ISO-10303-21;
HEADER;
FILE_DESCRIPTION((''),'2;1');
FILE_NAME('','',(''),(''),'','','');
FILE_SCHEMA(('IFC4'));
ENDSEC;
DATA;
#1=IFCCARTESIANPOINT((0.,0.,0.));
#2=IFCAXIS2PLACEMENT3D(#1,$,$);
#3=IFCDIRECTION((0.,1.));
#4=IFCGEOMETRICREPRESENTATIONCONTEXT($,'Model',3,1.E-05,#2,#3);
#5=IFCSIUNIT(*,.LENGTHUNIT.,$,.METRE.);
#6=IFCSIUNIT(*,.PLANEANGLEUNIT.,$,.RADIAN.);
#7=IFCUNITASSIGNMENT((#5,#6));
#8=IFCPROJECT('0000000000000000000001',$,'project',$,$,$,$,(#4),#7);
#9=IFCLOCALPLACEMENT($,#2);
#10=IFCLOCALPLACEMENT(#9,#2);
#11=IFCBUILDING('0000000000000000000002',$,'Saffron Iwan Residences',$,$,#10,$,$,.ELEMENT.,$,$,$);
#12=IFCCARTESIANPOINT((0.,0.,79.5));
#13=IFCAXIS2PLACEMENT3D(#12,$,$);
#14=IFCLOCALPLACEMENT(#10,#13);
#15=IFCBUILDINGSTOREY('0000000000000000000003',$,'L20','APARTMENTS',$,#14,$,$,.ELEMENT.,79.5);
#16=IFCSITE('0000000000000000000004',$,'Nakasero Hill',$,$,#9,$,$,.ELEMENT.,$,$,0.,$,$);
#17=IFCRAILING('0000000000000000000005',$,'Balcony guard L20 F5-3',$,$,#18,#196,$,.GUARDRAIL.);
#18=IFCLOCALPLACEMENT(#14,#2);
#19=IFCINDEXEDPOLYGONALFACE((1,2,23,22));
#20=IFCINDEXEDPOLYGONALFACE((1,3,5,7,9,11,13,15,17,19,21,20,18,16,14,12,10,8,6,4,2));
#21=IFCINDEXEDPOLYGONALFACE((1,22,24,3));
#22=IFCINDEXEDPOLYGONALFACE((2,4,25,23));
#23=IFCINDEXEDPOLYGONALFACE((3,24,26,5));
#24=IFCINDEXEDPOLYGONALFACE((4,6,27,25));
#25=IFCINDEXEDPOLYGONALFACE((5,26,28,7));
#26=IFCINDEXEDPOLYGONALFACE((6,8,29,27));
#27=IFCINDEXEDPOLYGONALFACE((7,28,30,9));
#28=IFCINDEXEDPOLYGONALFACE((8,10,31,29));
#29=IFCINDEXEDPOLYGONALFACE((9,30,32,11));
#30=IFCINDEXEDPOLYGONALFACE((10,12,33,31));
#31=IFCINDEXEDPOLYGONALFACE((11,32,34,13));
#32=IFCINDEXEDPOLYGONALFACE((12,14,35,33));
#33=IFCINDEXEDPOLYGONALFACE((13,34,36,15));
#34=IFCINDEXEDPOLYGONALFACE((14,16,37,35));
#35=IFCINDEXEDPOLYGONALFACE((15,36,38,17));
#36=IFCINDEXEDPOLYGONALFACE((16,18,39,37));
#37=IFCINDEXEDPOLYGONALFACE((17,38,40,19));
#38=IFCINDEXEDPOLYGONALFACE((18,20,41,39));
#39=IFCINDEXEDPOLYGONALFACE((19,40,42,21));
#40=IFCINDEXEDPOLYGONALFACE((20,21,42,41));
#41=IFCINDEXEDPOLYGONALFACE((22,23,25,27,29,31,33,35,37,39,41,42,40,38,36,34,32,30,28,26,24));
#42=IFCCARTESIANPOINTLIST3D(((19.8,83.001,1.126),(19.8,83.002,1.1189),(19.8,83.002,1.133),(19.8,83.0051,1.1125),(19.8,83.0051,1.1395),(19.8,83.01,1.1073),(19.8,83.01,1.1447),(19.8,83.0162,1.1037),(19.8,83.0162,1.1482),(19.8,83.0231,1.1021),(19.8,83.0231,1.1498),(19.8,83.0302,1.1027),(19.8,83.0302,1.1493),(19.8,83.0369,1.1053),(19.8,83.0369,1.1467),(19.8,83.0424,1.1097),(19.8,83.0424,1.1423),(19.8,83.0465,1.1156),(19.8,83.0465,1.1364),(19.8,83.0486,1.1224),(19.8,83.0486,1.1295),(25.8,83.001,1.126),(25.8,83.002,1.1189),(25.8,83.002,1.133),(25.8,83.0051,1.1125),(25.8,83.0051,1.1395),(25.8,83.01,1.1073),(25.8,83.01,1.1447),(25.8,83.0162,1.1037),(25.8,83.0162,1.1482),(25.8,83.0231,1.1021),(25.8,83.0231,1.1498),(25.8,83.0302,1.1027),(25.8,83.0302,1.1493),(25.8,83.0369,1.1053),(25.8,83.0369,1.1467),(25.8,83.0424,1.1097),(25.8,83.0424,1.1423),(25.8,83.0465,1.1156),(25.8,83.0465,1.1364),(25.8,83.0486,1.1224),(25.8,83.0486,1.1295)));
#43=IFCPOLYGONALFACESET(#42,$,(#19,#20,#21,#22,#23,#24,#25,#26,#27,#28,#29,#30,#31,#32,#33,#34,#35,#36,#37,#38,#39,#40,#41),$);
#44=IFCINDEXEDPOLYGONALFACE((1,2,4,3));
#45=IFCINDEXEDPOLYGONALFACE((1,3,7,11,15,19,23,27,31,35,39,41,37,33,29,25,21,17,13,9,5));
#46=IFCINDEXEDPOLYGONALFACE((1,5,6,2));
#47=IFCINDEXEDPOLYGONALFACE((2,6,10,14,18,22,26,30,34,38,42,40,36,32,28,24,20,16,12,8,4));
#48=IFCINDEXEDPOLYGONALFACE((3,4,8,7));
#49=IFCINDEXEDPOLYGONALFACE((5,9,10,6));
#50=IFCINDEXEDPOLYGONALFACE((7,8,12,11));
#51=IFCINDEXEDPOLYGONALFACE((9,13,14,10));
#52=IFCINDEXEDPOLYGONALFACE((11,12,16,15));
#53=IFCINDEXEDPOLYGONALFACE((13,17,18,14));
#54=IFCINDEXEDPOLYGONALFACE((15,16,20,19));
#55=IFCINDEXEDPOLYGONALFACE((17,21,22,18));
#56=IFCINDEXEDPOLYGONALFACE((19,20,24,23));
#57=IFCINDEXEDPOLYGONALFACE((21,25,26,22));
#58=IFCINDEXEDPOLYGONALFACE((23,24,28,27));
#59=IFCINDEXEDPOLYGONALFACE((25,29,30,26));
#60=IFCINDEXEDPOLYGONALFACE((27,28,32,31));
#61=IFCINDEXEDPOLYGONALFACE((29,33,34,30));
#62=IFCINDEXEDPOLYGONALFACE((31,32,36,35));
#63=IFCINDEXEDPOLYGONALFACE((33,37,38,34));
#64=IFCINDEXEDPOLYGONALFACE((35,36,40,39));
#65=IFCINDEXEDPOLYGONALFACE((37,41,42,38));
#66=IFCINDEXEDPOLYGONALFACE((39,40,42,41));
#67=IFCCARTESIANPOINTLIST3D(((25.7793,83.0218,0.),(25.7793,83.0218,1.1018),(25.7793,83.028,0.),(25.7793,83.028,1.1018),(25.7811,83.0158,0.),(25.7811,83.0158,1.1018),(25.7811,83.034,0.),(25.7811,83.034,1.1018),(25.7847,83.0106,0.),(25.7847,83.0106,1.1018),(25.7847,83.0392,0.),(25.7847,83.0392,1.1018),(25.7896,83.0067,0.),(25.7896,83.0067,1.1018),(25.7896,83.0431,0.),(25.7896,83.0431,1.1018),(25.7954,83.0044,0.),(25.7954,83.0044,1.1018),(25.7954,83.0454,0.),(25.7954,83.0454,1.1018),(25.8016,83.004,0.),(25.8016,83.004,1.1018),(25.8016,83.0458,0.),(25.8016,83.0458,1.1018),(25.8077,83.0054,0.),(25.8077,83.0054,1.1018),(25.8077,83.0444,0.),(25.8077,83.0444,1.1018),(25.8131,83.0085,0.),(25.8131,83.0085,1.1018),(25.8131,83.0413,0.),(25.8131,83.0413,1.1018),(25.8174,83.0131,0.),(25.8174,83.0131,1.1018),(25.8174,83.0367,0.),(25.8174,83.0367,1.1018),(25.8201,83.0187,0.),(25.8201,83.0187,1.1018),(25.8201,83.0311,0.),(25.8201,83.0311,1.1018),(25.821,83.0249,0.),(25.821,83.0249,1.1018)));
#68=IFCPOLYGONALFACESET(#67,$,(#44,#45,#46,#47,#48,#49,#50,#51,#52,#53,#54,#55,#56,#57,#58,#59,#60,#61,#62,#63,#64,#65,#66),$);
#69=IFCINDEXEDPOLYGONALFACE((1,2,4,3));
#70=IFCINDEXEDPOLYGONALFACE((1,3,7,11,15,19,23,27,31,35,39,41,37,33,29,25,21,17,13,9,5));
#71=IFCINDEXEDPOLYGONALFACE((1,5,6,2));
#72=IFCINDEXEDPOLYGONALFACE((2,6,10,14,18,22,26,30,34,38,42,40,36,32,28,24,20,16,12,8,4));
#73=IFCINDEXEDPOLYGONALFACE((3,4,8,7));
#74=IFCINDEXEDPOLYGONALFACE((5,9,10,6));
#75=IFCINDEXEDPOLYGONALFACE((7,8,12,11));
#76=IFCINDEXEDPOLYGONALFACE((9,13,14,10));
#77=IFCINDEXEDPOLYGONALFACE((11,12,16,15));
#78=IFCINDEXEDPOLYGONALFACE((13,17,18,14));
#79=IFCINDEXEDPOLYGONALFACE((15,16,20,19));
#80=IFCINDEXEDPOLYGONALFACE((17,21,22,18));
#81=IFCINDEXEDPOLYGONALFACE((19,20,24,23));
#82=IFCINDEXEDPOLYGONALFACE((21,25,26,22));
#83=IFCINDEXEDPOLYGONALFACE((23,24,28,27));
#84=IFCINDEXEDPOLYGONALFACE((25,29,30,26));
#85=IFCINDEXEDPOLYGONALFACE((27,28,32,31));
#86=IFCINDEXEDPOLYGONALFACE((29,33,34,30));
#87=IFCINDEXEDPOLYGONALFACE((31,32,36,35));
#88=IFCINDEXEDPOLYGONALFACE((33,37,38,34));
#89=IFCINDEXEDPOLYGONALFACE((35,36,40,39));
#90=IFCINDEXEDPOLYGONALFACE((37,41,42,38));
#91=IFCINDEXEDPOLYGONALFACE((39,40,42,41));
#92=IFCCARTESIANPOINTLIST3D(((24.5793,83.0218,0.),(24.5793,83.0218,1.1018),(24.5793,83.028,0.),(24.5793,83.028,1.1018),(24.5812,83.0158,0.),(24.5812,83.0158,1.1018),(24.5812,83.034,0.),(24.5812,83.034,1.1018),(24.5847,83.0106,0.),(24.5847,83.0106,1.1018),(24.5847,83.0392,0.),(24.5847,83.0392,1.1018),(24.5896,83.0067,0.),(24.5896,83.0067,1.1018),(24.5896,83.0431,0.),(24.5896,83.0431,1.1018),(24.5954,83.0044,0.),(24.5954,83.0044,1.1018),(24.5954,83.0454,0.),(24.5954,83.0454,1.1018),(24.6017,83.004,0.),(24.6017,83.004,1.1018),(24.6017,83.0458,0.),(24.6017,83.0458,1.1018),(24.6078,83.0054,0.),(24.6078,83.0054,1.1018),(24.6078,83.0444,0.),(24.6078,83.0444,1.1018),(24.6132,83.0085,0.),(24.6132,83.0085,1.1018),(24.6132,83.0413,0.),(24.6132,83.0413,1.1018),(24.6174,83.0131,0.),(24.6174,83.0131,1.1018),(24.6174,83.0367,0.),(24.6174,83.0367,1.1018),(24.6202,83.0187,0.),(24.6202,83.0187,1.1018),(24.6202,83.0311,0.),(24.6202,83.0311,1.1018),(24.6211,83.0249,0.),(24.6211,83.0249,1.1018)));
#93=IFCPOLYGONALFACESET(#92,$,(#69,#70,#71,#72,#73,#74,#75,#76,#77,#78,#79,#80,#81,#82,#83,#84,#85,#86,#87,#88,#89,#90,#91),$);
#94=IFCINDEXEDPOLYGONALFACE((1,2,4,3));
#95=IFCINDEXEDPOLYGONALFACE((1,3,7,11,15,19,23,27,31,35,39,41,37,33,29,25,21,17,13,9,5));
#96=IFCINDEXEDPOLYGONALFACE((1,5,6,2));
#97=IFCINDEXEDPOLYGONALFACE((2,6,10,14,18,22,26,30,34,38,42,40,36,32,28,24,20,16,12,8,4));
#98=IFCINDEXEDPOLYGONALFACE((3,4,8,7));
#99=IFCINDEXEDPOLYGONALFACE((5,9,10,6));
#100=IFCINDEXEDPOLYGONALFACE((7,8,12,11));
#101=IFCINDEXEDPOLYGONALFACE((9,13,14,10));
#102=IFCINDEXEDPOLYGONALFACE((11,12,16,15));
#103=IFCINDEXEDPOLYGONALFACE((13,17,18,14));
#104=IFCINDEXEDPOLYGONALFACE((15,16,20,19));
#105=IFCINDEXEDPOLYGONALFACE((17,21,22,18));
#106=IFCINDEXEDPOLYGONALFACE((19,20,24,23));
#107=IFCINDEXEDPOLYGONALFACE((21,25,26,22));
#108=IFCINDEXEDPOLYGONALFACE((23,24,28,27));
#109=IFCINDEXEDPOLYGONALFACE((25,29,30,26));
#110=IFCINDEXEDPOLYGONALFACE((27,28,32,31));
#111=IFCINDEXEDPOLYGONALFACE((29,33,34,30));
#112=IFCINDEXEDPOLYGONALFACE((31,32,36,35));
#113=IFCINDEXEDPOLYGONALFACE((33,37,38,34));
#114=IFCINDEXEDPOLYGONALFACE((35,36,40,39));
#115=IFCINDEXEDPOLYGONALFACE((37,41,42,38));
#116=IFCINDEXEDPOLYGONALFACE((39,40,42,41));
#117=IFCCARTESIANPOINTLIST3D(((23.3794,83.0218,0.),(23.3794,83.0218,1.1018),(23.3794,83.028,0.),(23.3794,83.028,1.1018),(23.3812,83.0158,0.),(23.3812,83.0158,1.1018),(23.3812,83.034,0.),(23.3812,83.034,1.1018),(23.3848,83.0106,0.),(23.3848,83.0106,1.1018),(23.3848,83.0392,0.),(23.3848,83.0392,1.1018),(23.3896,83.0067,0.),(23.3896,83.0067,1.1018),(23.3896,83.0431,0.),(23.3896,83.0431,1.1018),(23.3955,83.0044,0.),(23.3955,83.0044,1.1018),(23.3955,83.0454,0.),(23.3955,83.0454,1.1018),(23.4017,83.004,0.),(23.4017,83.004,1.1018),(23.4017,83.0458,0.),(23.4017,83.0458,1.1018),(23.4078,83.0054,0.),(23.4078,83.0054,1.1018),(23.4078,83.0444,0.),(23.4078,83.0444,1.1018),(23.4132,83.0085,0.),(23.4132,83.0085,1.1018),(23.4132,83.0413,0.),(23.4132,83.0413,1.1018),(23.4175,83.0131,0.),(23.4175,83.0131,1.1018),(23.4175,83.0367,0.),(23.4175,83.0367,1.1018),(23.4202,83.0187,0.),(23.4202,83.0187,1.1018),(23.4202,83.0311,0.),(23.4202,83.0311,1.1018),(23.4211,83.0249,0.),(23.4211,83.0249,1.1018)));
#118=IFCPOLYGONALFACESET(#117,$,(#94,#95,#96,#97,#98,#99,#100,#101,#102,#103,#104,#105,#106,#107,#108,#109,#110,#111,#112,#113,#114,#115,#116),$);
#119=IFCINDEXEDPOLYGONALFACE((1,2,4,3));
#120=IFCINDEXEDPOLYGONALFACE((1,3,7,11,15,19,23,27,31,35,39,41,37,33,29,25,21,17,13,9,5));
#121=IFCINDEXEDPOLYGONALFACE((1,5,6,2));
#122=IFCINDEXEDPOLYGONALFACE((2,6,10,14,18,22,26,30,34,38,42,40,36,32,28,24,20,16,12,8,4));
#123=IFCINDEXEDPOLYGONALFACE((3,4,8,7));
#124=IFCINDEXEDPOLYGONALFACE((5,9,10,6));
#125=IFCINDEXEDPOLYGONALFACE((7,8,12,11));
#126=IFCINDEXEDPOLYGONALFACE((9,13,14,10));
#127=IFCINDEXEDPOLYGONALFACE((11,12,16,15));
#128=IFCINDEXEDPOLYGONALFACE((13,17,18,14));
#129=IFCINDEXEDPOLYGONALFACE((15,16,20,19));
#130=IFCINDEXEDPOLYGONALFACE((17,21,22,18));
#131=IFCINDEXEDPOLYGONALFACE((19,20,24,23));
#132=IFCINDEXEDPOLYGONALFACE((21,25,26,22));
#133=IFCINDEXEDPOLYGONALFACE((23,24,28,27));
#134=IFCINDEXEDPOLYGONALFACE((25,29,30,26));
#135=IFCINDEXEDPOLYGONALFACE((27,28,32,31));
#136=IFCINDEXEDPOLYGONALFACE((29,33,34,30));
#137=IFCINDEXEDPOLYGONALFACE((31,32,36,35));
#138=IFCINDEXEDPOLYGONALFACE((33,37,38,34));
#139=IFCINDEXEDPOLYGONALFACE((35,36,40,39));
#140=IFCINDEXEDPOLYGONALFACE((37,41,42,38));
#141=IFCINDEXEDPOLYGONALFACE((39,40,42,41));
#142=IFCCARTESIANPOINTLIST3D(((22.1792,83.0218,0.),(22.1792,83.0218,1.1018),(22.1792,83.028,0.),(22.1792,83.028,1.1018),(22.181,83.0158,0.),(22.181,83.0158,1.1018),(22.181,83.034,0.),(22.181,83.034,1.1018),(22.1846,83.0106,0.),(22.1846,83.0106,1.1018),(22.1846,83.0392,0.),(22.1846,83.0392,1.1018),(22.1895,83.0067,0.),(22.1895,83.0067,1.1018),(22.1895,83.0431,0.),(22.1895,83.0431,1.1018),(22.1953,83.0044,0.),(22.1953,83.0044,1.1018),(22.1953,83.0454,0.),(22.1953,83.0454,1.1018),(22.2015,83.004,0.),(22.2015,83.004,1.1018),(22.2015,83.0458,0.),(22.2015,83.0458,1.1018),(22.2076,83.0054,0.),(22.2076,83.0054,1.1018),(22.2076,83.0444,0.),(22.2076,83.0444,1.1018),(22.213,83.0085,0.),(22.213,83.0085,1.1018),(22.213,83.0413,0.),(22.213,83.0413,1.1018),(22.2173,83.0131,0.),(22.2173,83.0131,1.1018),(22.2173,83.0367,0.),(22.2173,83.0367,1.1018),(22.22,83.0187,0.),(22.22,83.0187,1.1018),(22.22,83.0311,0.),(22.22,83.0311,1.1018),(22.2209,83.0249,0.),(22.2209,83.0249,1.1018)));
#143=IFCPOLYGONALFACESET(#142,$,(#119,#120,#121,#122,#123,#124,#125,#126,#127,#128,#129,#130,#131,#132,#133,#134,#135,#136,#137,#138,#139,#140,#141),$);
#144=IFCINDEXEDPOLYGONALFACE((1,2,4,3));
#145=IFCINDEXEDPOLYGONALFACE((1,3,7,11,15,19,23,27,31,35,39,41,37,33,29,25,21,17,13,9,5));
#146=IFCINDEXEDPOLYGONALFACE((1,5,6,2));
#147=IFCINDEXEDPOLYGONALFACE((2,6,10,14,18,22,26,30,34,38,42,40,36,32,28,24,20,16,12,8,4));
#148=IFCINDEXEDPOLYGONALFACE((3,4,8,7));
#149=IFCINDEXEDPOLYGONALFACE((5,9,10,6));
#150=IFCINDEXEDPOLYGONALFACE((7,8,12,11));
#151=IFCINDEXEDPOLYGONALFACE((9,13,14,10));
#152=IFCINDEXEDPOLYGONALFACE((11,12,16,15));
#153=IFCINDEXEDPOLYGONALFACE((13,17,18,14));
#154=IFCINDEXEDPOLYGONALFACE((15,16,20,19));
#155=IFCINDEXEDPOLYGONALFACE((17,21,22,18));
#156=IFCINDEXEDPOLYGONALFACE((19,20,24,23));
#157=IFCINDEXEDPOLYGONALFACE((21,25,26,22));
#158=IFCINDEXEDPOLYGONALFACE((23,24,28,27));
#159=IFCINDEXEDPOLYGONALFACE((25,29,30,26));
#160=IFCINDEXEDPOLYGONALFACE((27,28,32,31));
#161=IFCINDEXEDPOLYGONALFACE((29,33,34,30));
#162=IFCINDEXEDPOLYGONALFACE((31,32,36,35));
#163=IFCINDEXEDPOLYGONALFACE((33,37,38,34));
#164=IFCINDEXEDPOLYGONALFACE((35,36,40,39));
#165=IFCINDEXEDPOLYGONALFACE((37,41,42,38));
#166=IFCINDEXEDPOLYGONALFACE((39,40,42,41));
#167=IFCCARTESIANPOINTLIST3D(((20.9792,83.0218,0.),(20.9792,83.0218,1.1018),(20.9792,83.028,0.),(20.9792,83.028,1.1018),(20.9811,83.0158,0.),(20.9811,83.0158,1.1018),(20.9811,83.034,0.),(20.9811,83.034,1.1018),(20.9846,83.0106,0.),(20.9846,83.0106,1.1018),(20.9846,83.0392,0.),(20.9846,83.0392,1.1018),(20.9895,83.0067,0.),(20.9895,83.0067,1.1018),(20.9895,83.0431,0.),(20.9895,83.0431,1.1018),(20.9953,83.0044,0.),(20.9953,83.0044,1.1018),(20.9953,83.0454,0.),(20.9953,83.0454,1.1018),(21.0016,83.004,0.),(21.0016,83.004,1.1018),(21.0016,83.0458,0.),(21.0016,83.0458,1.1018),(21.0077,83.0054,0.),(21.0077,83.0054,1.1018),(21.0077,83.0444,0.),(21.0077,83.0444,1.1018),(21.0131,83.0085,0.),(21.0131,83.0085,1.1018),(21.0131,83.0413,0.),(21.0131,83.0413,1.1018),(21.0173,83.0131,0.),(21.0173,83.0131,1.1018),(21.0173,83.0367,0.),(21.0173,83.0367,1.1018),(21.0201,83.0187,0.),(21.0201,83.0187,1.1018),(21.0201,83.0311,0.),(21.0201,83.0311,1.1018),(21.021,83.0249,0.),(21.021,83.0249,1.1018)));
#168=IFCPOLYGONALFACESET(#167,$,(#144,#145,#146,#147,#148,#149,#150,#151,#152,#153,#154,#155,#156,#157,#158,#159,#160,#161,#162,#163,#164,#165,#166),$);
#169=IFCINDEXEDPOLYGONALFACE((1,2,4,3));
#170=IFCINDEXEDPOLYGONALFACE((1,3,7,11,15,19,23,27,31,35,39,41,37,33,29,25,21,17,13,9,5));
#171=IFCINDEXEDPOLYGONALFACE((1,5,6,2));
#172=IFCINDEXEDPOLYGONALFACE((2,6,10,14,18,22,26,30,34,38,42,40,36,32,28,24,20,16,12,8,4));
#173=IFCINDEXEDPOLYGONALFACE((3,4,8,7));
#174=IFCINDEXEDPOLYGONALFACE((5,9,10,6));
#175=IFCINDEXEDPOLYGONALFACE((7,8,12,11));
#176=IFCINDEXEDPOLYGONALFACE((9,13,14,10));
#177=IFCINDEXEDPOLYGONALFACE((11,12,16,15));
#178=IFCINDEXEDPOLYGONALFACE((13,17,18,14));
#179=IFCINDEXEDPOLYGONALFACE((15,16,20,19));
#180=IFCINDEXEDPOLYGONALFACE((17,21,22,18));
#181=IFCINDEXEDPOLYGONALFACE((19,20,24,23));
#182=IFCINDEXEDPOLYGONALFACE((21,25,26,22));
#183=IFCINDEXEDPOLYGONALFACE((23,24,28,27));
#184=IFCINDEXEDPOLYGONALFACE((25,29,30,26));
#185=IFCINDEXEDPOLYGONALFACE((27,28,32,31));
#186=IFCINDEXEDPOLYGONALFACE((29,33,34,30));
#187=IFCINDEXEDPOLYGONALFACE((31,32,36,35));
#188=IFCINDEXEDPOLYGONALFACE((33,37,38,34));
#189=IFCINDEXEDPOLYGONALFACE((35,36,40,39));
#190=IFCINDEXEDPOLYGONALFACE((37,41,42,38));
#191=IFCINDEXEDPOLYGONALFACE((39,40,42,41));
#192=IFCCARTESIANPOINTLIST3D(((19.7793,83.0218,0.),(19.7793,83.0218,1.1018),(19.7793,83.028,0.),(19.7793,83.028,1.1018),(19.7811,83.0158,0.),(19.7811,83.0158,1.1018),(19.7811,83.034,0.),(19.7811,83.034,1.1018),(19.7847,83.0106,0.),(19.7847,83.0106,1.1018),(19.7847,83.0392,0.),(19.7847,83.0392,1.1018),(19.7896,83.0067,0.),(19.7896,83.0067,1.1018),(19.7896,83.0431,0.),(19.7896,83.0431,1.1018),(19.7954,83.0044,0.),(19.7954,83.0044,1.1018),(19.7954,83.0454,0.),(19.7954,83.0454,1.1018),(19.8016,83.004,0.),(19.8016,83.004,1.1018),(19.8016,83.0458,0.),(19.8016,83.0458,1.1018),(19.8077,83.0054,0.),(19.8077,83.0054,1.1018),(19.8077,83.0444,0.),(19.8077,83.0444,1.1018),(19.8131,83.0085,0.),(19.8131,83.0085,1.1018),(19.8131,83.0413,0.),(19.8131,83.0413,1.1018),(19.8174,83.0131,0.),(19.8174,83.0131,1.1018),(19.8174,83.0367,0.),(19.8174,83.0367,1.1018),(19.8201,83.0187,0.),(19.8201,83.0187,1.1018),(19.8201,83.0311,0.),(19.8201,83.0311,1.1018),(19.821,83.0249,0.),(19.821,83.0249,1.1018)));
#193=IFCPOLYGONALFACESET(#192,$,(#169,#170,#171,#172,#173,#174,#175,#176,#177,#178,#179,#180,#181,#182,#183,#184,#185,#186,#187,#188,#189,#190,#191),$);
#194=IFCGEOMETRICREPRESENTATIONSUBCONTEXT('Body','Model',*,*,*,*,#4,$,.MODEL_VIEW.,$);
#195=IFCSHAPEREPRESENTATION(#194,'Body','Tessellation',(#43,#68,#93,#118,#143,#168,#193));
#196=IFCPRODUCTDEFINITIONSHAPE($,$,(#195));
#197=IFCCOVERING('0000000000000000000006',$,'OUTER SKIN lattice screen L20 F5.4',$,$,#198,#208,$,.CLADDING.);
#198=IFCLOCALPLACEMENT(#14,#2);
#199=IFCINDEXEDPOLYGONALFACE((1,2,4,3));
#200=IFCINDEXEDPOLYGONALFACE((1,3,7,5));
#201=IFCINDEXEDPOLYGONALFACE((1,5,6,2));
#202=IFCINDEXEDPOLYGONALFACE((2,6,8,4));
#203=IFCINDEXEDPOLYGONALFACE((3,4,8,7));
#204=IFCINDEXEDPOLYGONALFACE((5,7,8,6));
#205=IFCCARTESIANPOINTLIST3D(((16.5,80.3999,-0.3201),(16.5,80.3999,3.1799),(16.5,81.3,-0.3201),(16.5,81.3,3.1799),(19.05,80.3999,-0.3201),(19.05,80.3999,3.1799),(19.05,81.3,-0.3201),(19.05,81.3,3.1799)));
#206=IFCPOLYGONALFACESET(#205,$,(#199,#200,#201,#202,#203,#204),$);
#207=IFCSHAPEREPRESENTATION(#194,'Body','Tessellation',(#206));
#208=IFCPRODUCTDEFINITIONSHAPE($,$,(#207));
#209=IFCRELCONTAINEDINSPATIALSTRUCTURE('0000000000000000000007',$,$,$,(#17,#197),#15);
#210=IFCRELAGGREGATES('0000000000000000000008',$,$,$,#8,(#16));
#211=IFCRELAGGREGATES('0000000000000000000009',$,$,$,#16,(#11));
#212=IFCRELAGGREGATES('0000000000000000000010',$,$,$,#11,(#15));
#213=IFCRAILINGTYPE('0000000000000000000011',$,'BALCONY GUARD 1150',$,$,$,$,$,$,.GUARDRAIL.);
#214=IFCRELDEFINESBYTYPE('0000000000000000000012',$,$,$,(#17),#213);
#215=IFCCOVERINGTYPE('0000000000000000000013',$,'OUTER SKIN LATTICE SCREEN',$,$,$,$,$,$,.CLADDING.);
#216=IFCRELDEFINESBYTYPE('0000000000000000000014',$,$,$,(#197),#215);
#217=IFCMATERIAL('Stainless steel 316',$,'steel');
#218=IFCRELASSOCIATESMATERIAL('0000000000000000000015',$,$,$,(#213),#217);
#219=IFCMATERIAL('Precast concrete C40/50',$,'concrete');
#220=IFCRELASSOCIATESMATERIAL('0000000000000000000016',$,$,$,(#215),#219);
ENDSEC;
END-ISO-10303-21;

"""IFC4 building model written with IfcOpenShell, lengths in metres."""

from ifc_helpers import new_model, si_unit, direction, frame, origin, origin_2d, place, context, subcontext, project, spatial, polyline, circle, outline, extrude, material, type_object, element, save


model = new_model("IFC4")

# Units and contexts
model_context = context("Model", 3, precision=1e-05, world=origin(), true_north=direction((0.0, 1.0)))
body_context = subcontext(model_context, "Body", "Model", "MODEL_VIEW")
ifc_project = project(units=[si_unit("LENGTHUNIT", "METRE"), si_unit("PLANEANGLEUNIT", "RADIAN")], contexts=[model_context])

# Site, building, storey
site_placement = place(None, origin())
site = spatial("IfcSite", under=ifc_project, at=site_placement, Name="Nakasero Hill", CompositionType="ELEMENT", RefElevation=0.0)
building_placement = place(site_placement, origin())
building = spatial("IfcBuilding", under=site, at=building_placement, Name="Saffron Iwan Residences", CompositionType="ELEMENT")
storey_placement = place(building_placement, frame((0.0, 0.0, 79.5)))
storey = spatial("IfcBuildingStorey", under=building, at=storey_placement, Name="L20", Description="APARTMENTS", CompositionType="ELEMENT", Elevation=79.5)

# Railing
ifc_material_1 = material(Name="Stainless steel 316", Category="steel")
railing_type = type_object("IfcRailingType", Name="BALCONY GUARD 1150", PredefinedType="GUARDRAIL", material=ifc_material_1)
railing_placement = place(storey_placement, frame((25.8, 83.0249, 0.0)))
element("IfcRailing", 1, at=railing_placement, inside=storey, type_object=railing_type, Name="Balcony guard L20 F5-3", PredefinedType="GUARDRAIL", context=body_context, shape_type="SweptSolid", body=[
    extrude(circle(Radius=0.0239, at=origin_2d()), frame((0.0, 0.0, 1.126), z_axis=(-1.0, 0.0, 0.0), x_axis=(0.0, -1.0, 0.0)), (0.0, 0.0, 1.0), 6.0),
    extrude(circle(Radius=0.021, at=origin_2d()), origin(), (0.0, 0.0, 1.0), 1.1018),
    extrude(circle(Radius=0.021, at=origin_2d()), frame((-1.2, 0.0, 0.0)), (0.0, 0.0, 1.0), 1.1018),
    extrude(circle(Radius=0.021, at=origin_2d()), frame((-2.3999, 0.0, 0.0)), (0.0, 0.0, 1.0), 1.1018),
    extrude(circle(Radius=0.021, at=origin_2d()), frame((-3.6001, 0.0, 0.0)), (0.0, 0.0, 1.0), 1.1018),
    extrude(circle(Radius=0.021, at=origin_2d()), frame((-4.8, 0.0, 0.0)), (0.0, 0.0, 1.0), 1.1018),
    extrude(circle(Radius=0.021, at=origin_2d()), frame((-6.0, 0.0, 0.0)), (0.0, 0.0, 1.0), 1.1018),
])

# Covering
ifc_material_2 = material(Name="Precast concrete C40/50", Category="concrete")
covering_type_1 = type_object("IfcCoveringType", Name="OUTER SKIN LATTICE SCREEN", PredefinedType="CLADDING", material=ifc_material_2)
covering_1_placement = place(storey_placement, frame((19.05, 80.3999, -0.3201), z_axis=(0.0, 1.0, 0.0), x_axis=(-1.0, 0.0, 0.0)))
element("IfcCovering", 2, at=covering_1_placement, inside=storey, type_object=covering_type_1, Name="OUTER SKIN lattice screen L20 F5.4", PredefinedType="CLADDING", context=body_context, shape_type="SweptSolid", body=[
    extrude(outline(polyline([(0.0, 0.0), (2.55, 0.0), (2.55, 3.5), (0.0, 3.5), (0.0, 0.0)])), origin(), (0.0, 0.0, 1.0), 0.9001),
])

save(model, "model.ifc")
